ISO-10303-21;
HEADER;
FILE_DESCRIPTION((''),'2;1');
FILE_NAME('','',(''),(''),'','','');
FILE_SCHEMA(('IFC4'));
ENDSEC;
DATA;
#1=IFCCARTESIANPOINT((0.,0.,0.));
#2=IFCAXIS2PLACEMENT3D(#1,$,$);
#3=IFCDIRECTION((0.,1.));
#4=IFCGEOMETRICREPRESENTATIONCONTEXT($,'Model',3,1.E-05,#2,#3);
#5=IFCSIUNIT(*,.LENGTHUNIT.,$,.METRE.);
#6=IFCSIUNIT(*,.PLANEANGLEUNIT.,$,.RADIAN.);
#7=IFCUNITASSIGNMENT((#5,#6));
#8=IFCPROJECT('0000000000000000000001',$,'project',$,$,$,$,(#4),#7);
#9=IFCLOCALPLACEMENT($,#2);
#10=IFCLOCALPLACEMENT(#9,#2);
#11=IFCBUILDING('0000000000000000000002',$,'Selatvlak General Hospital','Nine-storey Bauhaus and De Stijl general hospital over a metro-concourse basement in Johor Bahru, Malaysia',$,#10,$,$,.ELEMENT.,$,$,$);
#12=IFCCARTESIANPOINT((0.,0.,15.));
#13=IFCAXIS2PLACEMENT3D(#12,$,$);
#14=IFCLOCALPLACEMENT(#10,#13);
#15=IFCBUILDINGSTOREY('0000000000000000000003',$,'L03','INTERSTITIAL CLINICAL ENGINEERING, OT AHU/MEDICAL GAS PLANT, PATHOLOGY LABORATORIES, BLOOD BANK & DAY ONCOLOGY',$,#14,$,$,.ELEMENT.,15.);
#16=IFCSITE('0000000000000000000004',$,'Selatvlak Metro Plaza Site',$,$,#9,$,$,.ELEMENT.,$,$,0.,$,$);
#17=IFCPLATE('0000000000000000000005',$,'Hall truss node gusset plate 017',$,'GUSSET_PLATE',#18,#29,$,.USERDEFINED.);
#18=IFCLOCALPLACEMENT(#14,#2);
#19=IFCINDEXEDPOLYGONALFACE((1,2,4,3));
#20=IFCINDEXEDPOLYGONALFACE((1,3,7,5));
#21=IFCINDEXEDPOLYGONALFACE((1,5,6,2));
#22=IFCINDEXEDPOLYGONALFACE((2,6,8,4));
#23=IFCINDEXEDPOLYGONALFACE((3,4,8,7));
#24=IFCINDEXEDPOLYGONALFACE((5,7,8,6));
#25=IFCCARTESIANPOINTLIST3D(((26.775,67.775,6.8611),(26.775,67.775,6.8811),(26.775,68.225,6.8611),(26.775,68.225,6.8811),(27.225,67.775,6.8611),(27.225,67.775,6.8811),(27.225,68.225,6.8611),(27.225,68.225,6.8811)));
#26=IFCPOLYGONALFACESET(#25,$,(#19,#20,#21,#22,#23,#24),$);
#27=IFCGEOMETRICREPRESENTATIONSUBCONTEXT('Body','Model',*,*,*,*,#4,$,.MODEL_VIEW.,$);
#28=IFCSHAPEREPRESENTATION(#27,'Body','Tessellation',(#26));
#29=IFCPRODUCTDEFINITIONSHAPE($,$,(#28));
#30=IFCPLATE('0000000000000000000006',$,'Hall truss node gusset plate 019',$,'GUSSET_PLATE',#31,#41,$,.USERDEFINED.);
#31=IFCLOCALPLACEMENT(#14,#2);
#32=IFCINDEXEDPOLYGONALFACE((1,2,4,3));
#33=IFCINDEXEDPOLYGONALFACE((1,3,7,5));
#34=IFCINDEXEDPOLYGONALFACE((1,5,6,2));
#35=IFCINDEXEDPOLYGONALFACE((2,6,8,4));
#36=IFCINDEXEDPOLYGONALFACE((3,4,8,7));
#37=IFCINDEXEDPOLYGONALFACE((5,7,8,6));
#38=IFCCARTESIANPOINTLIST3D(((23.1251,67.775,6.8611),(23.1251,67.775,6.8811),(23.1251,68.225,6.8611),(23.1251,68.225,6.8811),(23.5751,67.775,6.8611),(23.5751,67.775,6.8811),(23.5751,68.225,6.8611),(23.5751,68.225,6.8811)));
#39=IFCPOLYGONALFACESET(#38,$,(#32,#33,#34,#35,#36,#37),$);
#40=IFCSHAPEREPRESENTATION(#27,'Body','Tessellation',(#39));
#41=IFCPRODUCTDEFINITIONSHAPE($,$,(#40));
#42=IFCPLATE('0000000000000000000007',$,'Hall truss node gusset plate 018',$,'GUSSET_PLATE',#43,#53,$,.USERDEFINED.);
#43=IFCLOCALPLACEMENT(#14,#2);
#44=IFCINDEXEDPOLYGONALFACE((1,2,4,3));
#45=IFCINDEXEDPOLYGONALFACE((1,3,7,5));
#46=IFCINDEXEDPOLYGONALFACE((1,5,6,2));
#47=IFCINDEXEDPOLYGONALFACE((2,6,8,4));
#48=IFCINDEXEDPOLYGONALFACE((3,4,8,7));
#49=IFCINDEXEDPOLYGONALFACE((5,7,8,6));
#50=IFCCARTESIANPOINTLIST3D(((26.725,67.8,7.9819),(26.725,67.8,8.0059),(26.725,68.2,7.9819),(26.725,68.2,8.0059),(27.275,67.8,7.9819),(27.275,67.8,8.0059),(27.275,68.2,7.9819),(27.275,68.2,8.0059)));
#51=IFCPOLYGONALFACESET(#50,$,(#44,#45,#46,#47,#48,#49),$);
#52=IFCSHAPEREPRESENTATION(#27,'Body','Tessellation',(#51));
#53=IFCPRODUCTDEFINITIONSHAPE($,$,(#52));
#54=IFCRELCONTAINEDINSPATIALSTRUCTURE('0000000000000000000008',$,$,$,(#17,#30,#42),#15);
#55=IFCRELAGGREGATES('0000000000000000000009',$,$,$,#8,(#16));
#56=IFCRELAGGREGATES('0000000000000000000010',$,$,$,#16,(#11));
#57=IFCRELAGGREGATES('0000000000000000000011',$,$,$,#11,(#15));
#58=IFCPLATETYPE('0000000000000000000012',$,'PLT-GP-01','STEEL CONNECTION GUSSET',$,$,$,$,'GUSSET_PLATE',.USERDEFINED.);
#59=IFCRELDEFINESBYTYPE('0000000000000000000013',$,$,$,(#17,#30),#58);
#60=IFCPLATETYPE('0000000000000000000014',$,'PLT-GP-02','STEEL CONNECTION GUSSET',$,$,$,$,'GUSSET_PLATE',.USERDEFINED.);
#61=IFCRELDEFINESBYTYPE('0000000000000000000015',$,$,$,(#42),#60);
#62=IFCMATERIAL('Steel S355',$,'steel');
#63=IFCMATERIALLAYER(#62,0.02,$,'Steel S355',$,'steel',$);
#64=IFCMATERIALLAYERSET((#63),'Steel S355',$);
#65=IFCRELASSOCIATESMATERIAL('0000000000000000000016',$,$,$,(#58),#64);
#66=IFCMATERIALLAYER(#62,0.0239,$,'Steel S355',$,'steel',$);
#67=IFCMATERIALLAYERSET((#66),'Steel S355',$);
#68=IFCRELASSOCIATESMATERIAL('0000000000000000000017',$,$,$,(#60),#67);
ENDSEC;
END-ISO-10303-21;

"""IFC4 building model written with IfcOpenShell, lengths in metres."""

from ifc_helpers import new_model, si_unit, direction, frame, origin, origin_2d, place, context, subcontext, project, spatial, rectangle, extrude, material, layer, layer_set, type_object, element, save


model = new_model("IFC4")

# Units and contexts
model_context = context("Model", 3, precision=1e-05, world=origin(), true_north=direction((0.0, 1.0)))
body_context = subcontext(model_context, "Body", "Model", "MODEL_VIEW")
ifc_project = project(units=[si_unit("LENGTHUNIT", "METRE"), si_unit("PLANEANGLEUNIT", "RADIAN")], contexts=[model_context])

# Site, building, storey
site_placement = place(None, origin())
site = spatial("IfcSite", under=ifc_project, at=site_placement, Name="Selatvlak Metro Plaza Site", CompositionType="ELEMENT", RefElevation=0.0)
building_placement = place(site_placement, origin())
building = spatial("IfcBuilding", under=site, at=building_placement, Name="Selatvlak General Hospital", Description="Nine-storey Bauhaus and De Stijl general hospital over a metro-concourse basement in Johor Bahru, Malaysia", CompositionType="ELEMENT")
storey_placement = place(building_placement, frame((0.0, 0.0, 15.0)))
storey = spatial("IfcBuildingStorey", under=building, at=storey_placement, Name="L03", Description="INTERSTITIAL CLINICAL ENGINEERING, OT AHU/MEDICAL GAS PLANT, PATHOLOGY LABORATORIES, BLOOD BANK & DAY ONCOLOGY", CompositionType="ELEMENT", Elevation=15.0)

# Shared definitions
ifc_material_1 = material(Name="Steel S355", Category="steel")

# Plates
ifc_layer_1 = layer(ifc_material_1, 0.02, Name="Steel S355", Category="steel")
ifc_layer_set_1 = layer_set([ifc_layer_1], Name="Steel S355")
plate_type_1 = type_object("IfcPlateType", Name="PLT-GP-01", Description="STEEL CONNECTION GUSSET", ElementType="GUSSET_PLATE", PredefinedType="USERDEFINED", material=ifc_layer_set_1)
for number, where, z_axis, x_axis, name in (
    (1, (27.0, 68.0, 6.8611), (0.0, 0.0, 1.0), (1.0, 0.0, 0.0), "Hall truss node gusset plate 017"),
    (2, (23.3501, 68.0, 6.8611), (0.0, 0.0, 1.0), (1.0, 0.0, 0.0), "Hall truss node gusset plate 019"),
):
    element("IfcPlate", number, at=place(storey_placement, frame(where, z_axis=z_axis, x_axis=x_axis)), inside=storey, type_object=plate_type_1, Name=name, ObjectType="GUSSET_PLATE", PredefinedType="USERDEFINED", context=body_context, shape_type="SweptSolid", body=[
        extrude(rectangle(XDim=0.45, YDim=0.45, at=origin_2d()), origin(), (0.0, 0.0, 1.0), 0.02),
    ])
ifc_layer_2 = layer(ifc_material_1, 0.0239, Name="Steel S355", Category="steel")
ifc_layer_set_2 = layer_set([ifc_layer_2], Name="Steel S355")
plate_type_2 = type_object("IfcPlateType", Name="PLT-GP-02", Description="STEEL CONNECTION GUSSET", ElementType="GUSSET_PLATE", PredefinedType="USERDEFINED", material=ifc_layer_set_2)
plate_1_placement = place(storey_placement, frame((27.0, 68.0, 7.9819), z_axis=(0.0, 0.0, 1.0), x_axis=(1.0, 0.0, 0.0)))
element("IfcPlate", 3, at=plate_1_placement, inside=storey, type_object=plate_type_2, Name="Hall truss node gusset plate 018", ObjectType="GUSSET_PLATE", PredefinedType="USERDEFINED", context=body_context, shape_type="SweptSolid", body=[
    extrude(rectangle(XDim=0.55, YDim=0.3999, at=origin_2d()), origin(), (0.0, 0.0, 1.0), 0.0239),
])

save(model, "model.ifc")
